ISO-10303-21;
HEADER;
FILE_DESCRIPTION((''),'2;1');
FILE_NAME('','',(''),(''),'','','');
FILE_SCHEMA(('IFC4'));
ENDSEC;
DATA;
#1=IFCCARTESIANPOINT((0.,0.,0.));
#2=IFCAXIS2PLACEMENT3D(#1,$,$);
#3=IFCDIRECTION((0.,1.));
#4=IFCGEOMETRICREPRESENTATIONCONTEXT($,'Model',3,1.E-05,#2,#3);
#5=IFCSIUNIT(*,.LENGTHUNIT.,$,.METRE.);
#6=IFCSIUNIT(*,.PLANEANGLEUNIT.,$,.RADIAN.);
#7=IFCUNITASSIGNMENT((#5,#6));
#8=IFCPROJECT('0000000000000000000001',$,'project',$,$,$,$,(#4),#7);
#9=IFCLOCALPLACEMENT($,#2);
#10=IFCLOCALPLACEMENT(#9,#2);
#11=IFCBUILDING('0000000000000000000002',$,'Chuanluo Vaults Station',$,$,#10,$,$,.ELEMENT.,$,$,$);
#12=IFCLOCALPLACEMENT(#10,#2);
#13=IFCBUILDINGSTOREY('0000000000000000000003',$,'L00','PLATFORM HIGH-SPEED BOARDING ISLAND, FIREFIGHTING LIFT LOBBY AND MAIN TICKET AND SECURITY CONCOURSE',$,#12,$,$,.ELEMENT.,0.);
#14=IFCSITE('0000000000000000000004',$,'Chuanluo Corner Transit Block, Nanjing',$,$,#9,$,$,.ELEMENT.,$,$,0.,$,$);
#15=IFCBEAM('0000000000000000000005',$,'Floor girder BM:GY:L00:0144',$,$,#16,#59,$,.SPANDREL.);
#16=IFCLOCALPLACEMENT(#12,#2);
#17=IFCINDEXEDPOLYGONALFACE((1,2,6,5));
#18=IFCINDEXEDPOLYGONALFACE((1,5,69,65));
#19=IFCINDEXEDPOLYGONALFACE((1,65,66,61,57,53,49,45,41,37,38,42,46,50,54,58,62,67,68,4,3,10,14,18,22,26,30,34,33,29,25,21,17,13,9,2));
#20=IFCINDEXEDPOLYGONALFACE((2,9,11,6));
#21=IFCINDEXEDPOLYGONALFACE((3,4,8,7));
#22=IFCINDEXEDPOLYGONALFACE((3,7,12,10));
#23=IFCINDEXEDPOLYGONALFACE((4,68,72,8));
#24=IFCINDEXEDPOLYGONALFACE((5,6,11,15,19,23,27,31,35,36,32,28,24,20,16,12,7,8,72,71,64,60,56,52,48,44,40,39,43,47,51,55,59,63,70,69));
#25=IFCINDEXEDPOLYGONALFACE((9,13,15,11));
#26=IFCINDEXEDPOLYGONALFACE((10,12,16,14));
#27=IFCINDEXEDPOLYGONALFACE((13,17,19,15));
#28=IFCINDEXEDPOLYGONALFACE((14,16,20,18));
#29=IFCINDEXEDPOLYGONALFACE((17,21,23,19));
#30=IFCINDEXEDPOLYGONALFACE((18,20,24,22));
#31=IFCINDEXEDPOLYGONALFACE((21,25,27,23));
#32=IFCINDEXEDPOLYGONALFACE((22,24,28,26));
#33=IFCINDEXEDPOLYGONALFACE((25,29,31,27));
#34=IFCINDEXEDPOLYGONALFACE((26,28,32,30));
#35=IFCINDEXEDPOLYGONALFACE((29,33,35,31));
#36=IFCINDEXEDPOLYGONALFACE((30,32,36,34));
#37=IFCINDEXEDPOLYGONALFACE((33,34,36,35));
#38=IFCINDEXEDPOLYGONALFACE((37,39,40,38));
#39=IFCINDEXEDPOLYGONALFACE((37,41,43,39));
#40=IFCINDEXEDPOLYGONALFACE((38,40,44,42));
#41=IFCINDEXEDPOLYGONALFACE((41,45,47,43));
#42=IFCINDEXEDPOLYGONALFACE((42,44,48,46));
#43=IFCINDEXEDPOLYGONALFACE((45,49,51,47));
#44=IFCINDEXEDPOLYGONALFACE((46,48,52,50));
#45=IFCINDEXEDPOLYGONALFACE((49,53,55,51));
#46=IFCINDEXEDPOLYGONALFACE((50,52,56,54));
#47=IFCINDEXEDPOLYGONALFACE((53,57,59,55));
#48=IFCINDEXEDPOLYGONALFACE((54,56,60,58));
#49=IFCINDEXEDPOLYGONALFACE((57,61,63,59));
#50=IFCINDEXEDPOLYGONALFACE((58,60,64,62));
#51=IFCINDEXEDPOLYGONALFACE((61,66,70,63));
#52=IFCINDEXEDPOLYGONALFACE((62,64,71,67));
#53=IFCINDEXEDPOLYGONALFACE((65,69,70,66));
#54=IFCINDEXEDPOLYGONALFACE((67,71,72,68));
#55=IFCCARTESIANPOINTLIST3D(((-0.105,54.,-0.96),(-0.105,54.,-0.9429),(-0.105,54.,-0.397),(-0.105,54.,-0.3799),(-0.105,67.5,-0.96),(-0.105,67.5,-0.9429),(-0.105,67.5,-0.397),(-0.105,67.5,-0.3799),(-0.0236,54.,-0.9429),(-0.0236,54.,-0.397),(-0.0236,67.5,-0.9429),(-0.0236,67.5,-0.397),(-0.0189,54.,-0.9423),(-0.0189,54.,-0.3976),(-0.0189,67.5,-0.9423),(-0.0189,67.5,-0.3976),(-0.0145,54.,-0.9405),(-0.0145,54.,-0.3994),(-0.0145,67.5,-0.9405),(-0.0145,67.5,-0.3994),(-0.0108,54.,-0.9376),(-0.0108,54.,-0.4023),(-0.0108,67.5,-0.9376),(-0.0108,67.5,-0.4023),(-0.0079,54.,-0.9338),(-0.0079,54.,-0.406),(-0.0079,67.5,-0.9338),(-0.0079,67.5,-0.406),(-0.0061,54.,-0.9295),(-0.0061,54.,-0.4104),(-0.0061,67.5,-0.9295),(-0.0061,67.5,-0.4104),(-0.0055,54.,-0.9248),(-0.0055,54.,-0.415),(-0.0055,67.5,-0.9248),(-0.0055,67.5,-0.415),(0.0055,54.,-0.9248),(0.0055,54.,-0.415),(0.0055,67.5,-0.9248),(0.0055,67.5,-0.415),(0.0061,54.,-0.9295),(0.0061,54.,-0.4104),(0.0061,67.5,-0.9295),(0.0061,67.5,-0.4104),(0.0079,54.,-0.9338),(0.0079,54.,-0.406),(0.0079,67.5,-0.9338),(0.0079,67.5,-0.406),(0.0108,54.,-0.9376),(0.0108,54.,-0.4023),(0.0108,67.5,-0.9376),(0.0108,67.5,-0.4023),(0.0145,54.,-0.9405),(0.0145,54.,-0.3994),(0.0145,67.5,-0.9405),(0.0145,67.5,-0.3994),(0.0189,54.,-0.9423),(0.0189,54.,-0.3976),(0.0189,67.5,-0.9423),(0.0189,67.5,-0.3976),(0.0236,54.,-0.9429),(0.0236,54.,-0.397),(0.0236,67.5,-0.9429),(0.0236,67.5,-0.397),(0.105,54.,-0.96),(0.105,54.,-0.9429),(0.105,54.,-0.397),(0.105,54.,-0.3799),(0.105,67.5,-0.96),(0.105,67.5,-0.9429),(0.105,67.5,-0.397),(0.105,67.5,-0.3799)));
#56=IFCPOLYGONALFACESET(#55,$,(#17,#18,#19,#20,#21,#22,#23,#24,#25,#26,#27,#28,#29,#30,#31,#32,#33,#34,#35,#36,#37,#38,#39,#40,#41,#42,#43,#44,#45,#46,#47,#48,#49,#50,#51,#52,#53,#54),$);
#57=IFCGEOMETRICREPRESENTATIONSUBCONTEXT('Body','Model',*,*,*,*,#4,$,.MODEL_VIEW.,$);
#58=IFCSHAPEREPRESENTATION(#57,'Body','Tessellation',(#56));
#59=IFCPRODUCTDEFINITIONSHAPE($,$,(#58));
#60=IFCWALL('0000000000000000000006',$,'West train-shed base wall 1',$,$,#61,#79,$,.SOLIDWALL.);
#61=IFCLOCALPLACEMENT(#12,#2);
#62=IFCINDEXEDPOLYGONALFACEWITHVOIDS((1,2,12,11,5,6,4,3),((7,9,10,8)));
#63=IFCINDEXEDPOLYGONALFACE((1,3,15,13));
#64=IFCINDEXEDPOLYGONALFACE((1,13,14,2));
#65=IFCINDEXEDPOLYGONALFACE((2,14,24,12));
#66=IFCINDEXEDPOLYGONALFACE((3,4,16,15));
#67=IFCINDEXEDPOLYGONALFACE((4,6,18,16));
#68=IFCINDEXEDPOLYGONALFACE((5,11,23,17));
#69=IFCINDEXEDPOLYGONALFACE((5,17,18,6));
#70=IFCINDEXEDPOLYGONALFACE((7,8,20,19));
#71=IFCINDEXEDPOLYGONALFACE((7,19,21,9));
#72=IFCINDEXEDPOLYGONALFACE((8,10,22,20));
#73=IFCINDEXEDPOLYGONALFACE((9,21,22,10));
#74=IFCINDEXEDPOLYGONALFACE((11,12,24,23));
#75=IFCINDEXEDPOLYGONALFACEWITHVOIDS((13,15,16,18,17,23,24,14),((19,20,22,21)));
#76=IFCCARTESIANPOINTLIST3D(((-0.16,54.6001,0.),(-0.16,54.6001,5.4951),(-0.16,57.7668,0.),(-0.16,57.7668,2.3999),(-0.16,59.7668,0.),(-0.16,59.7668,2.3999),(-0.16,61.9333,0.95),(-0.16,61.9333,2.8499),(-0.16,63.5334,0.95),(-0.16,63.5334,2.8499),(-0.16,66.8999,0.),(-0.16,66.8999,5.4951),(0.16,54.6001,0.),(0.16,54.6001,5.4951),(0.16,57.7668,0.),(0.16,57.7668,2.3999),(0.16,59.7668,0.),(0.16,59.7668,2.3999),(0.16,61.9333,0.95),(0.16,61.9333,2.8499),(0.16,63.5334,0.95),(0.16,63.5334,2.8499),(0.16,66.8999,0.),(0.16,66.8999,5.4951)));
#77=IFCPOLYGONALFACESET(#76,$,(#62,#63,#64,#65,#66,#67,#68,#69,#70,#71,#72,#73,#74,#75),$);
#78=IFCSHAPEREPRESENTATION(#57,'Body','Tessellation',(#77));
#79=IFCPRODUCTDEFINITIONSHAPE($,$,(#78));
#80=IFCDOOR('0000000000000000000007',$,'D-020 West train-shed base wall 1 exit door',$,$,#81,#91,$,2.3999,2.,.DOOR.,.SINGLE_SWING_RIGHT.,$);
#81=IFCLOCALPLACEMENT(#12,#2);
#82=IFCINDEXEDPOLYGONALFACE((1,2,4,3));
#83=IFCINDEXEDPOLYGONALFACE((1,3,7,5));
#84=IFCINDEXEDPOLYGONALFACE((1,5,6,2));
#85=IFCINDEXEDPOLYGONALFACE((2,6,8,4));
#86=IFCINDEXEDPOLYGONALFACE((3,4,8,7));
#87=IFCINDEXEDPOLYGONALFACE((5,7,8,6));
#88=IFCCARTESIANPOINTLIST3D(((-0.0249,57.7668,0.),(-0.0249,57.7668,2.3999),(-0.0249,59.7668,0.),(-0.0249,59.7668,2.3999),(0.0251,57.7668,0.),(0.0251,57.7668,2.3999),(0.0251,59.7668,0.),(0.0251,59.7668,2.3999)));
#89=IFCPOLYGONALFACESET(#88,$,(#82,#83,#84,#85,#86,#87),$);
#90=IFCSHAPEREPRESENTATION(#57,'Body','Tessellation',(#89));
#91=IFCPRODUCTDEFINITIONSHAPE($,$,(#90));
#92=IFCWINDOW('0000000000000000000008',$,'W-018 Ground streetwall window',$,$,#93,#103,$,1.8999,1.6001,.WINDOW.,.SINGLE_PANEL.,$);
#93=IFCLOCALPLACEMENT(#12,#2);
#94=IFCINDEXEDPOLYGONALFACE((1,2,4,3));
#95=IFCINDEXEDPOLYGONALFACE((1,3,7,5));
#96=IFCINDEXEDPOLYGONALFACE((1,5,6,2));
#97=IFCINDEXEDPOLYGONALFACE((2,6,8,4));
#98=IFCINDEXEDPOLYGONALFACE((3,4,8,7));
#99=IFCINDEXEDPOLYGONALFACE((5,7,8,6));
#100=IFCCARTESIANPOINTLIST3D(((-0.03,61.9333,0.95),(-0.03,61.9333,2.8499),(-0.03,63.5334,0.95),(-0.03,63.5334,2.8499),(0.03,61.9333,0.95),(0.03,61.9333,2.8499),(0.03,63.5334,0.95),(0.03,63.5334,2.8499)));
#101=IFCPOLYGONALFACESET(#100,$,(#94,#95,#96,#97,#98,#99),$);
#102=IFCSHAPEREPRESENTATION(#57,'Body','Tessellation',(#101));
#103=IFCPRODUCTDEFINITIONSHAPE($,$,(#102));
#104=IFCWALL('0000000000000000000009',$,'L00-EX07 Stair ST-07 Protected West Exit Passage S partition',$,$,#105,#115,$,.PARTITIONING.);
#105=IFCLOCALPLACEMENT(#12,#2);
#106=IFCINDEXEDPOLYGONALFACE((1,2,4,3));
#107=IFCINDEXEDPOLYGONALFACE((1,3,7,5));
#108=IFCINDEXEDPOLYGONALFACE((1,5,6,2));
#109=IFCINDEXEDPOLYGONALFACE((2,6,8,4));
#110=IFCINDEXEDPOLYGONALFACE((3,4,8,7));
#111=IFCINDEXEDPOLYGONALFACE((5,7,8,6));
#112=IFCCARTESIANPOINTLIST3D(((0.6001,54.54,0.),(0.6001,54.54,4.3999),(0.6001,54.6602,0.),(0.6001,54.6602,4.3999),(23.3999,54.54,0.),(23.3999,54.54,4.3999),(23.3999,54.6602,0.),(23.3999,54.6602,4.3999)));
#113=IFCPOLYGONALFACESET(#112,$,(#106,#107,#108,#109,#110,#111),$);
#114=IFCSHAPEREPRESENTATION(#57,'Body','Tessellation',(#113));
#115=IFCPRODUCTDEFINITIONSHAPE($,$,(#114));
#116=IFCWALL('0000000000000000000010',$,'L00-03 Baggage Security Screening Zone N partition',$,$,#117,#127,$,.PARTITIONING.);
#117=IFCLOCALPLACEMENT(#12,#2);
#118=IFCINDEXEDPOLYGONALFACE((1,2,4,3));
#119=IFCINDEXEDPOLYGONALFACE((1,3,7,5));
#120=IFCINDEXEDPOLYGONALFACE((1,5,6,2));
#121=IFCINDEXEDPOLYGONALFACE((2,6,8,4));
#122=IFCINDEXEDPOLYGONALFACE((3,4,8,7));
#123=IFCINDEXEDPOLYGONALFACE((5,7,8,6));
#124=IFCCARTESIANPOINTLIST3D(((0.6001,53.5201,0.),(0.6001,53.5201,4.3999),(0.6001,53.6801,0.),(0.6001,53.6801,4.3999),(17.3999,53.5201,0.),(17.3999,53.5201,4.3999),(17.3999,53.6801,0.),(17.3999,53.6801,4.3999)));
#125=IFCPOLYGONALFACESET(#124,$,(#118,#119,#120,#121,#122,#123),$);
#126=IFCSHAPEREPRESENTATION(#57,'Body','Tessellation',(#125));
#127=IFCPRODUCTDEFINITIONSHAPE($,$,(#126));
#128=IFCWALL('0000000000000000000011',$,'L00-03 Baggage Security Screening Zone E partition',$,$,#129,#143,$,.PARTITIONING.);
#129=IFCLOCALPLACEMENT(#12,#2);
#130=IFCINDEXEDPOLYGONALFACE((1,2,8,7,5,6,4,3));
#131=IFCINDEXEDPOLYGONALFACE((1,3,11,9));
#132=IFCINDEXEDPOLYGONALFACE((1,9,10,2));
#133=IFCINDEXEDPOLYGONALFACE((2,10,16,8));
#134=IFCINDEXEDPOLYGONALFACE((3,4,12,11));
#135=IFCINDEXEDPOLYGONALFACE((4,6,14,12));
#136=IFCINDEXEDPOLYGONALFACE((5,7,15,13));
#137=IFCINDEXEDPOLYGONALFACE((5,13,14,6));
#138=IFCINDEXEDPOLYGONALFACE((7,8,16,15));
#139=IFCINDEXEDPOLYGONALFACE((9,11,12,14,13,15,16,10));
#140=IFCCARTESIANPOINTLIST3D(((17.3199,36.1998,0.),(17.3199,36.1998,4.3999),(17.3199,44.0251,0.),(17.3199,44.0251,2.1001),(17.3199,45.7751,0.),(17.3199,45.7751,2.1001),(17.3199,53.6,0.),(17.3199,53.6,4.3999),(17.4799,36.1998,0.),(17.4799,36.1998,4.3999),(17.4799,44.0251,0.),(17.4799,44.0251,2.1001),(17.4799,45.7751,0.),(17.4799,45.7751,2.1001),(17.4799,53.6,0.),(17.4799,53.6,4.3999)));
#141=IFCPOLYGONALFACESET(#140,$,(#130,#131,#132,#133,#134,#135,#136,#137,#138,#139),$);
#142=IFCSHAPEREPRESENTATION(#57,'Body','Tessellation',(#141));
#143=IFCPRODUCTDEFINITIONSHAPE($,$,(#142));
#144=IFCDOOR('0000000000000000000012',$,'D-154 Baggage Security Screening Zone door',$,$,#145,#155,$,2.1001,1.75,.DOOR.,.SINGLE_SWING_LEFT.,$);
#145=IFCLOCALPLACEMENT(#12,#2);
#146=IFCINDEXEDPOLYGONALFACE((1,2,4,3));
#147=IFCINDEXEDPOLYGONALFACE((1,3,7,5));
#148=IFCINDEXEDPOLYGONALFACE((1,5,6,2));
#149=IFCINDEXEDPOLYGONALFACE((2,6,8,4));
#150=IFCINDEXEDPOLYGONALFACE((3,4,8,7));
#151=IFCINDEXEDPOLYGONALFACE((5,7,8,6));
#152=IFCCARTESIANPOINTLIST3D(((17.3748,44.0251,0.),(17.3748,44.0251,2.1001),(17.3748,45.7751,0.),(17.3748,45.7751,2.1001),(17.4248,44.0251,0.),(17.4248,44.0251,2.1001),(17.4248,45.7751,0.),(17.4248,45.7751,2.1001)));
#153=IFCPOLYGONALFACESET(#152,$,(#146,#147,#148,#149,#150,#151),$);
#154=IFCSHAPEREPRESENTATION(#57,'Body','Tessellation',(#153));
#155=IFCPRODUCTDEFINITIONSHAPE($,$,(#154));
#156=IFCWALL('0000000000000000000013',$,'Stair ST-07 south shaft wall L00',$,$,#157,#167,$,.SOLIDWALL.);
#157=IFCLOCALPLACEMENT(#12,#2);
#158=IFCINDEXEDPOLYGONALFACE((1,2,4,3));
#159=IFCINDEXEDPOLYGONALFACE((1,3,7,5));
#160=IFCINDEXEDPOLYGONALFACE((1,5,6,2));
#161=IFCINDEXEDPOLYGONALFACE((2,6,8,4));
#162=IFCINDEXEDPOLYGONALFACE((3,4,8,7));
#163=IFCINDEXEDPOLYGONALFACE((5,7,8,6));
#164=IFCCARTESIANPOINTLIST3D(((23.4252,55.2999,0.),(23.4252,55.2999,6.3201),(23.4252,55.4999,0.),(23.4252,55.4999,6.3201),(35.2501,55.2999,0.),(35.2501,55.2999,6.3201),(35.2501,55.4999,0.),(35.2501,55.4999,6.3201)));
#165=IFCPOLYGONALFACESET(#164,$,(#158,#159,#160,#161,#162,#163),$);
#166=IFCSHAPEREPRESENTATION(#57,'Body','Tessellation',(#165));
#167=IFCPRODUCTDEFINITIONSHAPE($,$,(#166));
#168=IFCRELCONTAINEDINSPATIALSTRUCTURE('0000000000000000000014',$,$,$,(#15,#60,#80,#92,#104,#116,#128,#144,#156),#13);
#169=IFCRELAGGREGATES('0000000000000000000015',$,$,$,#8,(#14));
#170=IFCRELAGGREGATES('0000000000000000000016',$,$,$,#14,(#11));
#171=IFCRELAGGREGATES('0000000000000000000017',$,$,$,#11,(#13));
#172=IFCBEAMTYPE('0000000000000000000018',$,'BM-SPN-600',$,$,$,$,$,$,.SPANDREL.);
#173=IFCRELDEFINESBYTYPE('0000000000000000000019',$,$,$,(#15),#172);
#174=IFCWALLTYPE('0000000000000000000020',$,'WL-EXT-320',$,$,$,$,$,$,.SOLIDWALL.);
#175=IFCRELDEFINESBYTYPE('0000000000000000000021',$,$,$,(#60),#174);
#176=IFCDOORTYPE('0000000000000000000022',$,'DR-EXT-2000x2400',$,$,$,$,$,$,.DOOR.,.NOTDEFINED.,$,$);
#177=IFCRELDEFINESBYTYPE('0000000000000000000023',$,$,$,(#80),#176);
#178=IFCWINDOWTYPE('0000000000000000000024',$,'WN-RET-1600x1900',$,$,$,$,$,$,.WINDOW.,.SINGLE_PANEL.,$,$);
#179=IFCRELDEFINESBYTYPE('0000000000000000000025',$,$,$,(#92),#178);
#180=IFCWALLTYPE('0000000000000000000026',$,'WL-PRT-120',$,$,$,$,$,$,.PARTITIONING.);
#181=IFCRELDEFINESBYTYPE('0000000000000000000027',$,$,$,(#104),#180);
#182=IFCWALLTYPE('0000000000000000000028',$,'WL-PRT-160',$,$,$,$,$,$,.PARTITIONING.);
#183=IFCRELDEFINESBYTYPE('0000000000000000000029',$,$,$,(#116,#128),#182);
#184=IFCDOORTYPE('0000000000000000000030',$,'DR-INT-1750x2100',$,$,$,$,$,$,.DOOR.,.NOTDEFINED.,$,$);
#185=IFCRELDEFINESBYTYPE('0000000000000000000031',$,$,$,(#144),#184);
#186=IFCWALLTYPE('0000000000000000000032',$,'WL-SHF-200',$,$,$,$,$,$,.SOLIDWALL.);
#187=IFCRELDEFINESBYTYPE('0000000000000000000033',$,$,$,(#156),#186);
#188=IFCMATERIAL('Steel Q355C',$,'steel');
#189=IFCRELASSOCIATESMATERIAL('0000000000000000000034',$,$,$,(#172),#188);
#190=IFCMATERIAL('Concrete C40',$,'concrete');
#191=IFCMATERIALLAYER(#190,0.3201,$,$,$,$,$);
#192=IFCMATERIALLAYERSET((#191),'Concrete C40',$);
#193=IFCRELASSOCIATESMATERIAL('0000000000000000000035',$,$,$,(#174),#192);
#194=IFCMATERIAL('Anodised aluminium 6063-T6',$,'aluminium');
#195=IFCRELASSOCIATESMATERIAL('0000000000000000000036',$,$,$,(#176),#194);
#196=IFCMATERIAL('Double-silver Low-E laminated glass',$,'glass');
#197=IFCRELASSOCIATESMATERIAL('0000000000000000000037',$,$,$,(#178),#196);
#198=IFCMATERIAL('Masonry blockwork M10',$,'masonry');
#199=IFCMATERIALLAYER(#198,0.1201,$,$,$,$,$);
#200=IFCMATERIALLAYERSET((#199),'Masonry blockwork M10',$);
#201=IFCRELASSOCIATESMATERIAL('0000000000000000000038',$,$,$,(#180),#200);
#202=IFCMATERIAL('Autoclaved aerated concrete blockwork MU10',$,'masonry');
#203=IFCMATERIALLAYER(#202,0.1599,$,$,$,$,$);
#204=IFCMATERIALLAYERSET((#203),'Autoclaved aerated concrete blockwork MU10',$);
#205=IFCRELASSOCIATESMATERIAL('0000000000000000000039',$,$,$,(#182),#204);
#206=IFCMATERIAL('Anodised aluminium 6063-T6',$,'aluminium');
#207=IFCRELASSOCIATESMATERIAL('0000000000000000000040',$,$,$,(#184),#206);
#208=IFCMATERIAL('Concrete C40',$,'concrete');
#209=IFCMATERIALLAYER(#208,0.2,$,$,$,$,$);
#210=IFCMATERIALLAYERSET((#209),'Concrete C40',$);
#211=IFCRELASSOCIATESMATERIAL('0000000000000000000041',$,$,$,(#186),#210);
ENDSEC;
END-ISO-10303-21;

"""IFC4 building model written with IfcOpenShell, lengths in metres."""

from ifc_helpers import new_model, si_unit, direction, frame, frame_2d, origin, origin_2d, place, context, subcontext, project, spatial, rectangle, i_section, extrude, material, layer, layer_set, material_profile, profile_set, type_object, element, fill, save


model = new_model("IFC4")

# Units and contexts
model_context = context("Model", 3, precision=1e-05, world=origin(), true_north=direction((0.0, 1.0)))
body_context = subcontext(model_context, "Body", "Model", "MODEL_VIEW")
ifc_project = project(units=[si_unit("LENGTHUNIT", "METRE"), si_unit("PLANEANGLEUNIT", "RADIAN")], contexts=[model_context])

# Site, building, storey
site_placement = place(None, origin())
site = spatial("IfcSite", under=ifc_project, at=site_placement, Name="Chuanluo Corner Transit Block, Nanjing", CompositionType="ELEMENT", RefElevation=0.0)
building_placement = place(site_placement, origin())
building = spatial("IfcBuilding", under=site, at=building_placement, Name="Chuanluo Vaults Station", CompositionType="ELEMENT")
storey_placement = place(building_placement, origin())
storey = spatial("IfcBuildingStorey", under=building, at=storey_placement, Name="L00", Description="PLATFORM HIGH-SPEED BOARDING ISLAND, FIREFIGHTING LIFT LOBBY AND MAIN TICKET AND SECURITY CONCOURSE", CompositionType="ELEMENT", Elevation=0.0)

# Beam
ifc_material_1 = material(Name="Steel Q355C", Category="steel")
ifc_material_profile_1 = material_profile(ifc_material_1, i_section(OverallWidth=0.21, OverallDepth=0.5801, WebThickness=0.011, FlangeThickness=0.0171, FilletRadius=0.0181, at=origin_2d()))
ifc_profile_set_1 = profile_set([ifc_material_profile_1], Name="Steel Q355C")
beam_type_1 = type_object("IfcBeamType", Name="BM-SPN-600", PredefinedType="SPANDREL", material=ifc_profile_set_1)
beam_1_placement = place(storey_placement, frame((0.0, 54.0, -0.6699), z_axis=(0.0, 1.0, 0.0), x_axis=(-1.0, 0.0, 0.0)))
element("IfcBeam", 1, at=beam_1_placement, inside=storey, type_object=beam_type_1, Name="Floor girder BM:GY:L00:0144", PredefinedType="SPANDREL", context=body_context, shape_type="SweptSolid", body=[
    extrude(i_section(OverallWidth=0.21, OverallDepth=0.5801, WebThickness=0.011, FlangeThickness=0.0171, FilletRadius=0.0181, at=origin_2d()), origin(), (0.0, 0.0, 1.0), 13.5),
])

# Wall, openings, door, window
ifc_material_2 = material(Name="Concrete C40", Category="concrete")
ifc_layer_1 = layer(ifc_material_2, 0.3201)
ifc_layer_set_1 = layer_set([ifc_layer_1], Name="Concrete C40")
wall_type_1 = type_object("IfcWallType", Name="WL-EXT-320", PredefinedType="SOLIDWALL", material=ifc_layer_set_1)
wall_1_placement = place(storey_placement, frame((0.0, 54.6001, 0.0), z_axis=(0.0, 0.0, 1.0), x_axis=(0.0, 1.0, 0.0)))
wall_1 = element("IfcWall", 2, at=wall_1_placement, inside=storey, type_object=wall_type_1, Name="West train-shed base wall 1", PredefinedType="SOLIDWALL", context=body_context, shape_type="SweptSolid", body=[
    extrude(rectangle(XDim=12.2998, YDim=0.3201, at=frame_2d((6.1499, 0.0))), origin(), (0.0, 0.0, 1.0), 5.4951),
])
opening_1_placement = place(wall_1_placement, frame((3.1667, 0.0, 0.0)))
opening_1 = element("IfcOpeningElement", 3, at=opening_1_placement, cuts=wall_1, PredefinedType="OPENING", context=body_context, shape_type="SweptSolid", body=[
    extrude(rectangle(XDim=2.0, YDim=2.3999, at=frame_2d((1.0, 1.2))), frame((0.0, 0.1702, 0.0), z_axis=(0.0, -1.0, 0.0), x_axis=(1.0, 0.0, 0.0)), (0.0, 0.0, 1.0), 0.3401),
])
opening_2_placement = place(wall_1_placement, frame((7.3333, 0.0, 0.95)))
opening_2 = element("IfcOpeningElement", 4, at=opening_2_placement, cuts=wall_1, PredefinedType="OPENING", context=body_context, shape_type="SweptSolid", body=[
    extrude(rectangle(XDim=1.6001, YDim=1.8999, at=frame_2d((0.8, 0.95))), frame((0.0, 0.1702, 0.0), z_axis=(0.0, -1.0, 0.0), x_axis=(1.0, 0.0, 0.0)), (0.0, 0.0, 1.0), 0.3401),
])
ifc_material_3 = material(Name="Anodised aluminium 6063-T6", Category="aluminium")
door_type_1 = type_object("IfcDoorType", Name="DR-EXT-2000x2400", OperationType="NOTDEFINED", PredefinedType="DOOR", material=ifc_material_3)
door_1_placement = place(opening_1_placement, origin())
door_1 = element("IfcDoor", 5, at=door_1_placement, inside=storey, type_object=door_type_1, Name="D-020 West train-shed base wall 1 exit door", OperationType="SINGLE_SWING_RIGHT", OverallHeight=2.3999, OverallWidth=2.0, PredefinedType="DOOR", context=body_context, shape_type="SweptSolid", body=[
    extrude(rectangle(XDim=2.0, YDim=2.3999, at=frame_2d((1.0, 1.2))), frame((0.0, 0.0249, 0.0), z_axis=(0.0, -1.0, 0.0), x_axis=(1.0, 0.0, 0.0)), (0.0, 0.0, 1.0), 0.05),
])
fill(opening_1, door_1)
ifc_material_4 = material(Name="Double-silver Low-E laminated glass", Category="glass")
window_type = type_object("IfcWindowType", Name="WN-RET-1600x1900", PartitioningType="SINGLE_PANEL", PredefinedType="WINDOW", material=ifc_material_4)
window_placement = place(opening_2_placement, origin())
window = element("IfcWindow", 6, at=window_placement, inside=storey, type_object=window_type, Name="W-018 Ground streetwall window", OverallHeight=1.8999, OverallWidth=1.6001, PartitioningType="SINGLE_PANEL", PredefinedType="WINDOW", context=body_context, shape_type="SweptSolid", body=[
    extrude(rectangle(XDim=1.6001, YDim=1.8999, at=frame_2d((0.8, 0.95))), frame((0.0, 0.03, 0.0), z_axis=(0.0, -1.0, 0.0), x_axis=(1.0, 0.0, 0.0)), (0.0, 0.0, 1.0), 0.0601),
])
fill(opening_2, window)

# Walls
ifc_material_5 = material(Name="Masonry blockwork M10", Category="masonry")
ifc_layer_2 = layer(ifc_material_5, 0.1201)
ifc_layer_set_2 = layer_set([ifc_layer_2], Name="Masonry blockwork M10")
wall_type_2 = type_object("IfcWallType", Name="WL-PRT-120", PredefinedType="PARTITIONING", material=ifc_layer_set_2)
wall_2_placement = place(storey_placement, frame((23.3999, 54.6001, 0.0), z_axis=(0.0, 0.0, 1.0), x_axis=(-1.0, 0.0, 0.0)))
element("IfcWall", 7, at=wall_2_placement, inside=storey, type_object=wall_type_2, Name="L00-EX07 Stair ST-07 Protected West Exit Passage S partition", PredefinedType="PARTITIONING", context=body_context, shape_type="SweptSolid", body=[
    extrude(rectangle(XDim=22.7998, YDim=0.1201, at=frame_2d((11.3999, 0.0))), origin(), (0.0, 0.0, 1.0), 4.3999),
])
ifc_material_6 = material(Name="Autoclaved aerated concrete blockwork MU10", Category="masonry")
ifc_layer_3 = layer(ifc_material_6, 0.1599)
ifc_layer_set_3 = layer_set([ifc_layer_3], Name="Autoclaved aerated concrete blockwork MU10")
wall_type_3 = type_object("IfcWallType", Name="WL-PRT-160", PredefinedType="PARTITIONING", material=ifc_layer_set_3)
wall_3_placement = place(storey_placement, frame((0.6001, 53.6001, 0.0), z_axis=(0.0, 0.0, 1.0), x_axis=(1.0, 0.0, 0.0)))
element("IfcWall", 8, at=wall_3_placement, inside=storey, type_object=wall_type_3, Name="L00-03 Baggage Security Screening Zone N partition", PredefinedType="PARTITIONING", context=body_context, shape_type="SweptSolid", body=[
    extrude(rectangle(XDim=16.7998, YDim=0.1599, at=frame_2d((8.3999, 0.0))), origin(), (0.0, 0.0, 1.0), 4.3999),
])

# Wall, opening, door
wall_4_placement = place(storey_placement, frame((17.3999, 53.6001, 0.0), z_axis=(0.0, 0.0, 1.0), x_axis=(0.0, -1.0, 0.0)))
wall_4 = element("IfcWall", 9, at=wall_4_placement, inside=storey, type_object=wall_type_3, Name="L00-03 Baggage Security Screening Zone E partition", PredefinedType="PARTITIONING", context=body_context, shape_type="SweptSolid", body=[
    extrude(rectangle(XDim=17.4001, YDim=0.1599, at=frame_2d((8.7002, 0.0))), origin(), (0.0, 0.0, 1.0), 4.3999),
])
opening_3_placement = place(wall_4_placement, frame((7.825, 0.0, 0.0)))
opening_3 = element("IfcOpeningElement", 10, at=opening_3_placement, cuts=wall_4, PredefinedType="OPENING", context=body_context, shape_type="SweptSolid", body=[
    extrude(rectangle(XDim=1.75, YDim=2.1001, at=frame_2d((0.875, 1.05))), frame((0.0, 0.0901, 0.0), z_axis=(0.0, -1.0, 0.0), x_axis=(1.0, 0.0, 0.0)), (0.0, 0.0, 1.0), 0.1799),
])
ifc_material_7 = material(Name="Anodised aluminium 6063-T6", Category="aluminium")
door_type_2 = type_object("IfcDoorType", Name="DR-INT-1750x2100", OperationType="NOTDEFINED", PredefinedType="DOOR", material=ifc_material_7)
door_2_placement = place(opening_3_placement, origin())
door_2 = element("IfcDoor", 11, at=door_2_placement, inside=storey, type_object=door_type_2, Name="D-154 Baggage Security Screening Zone door", OperationType="SINGLE_SWING_LEFT", OverallHeight=2.1001, OverallWidth=1.75, PredefinedType="DOOR", context=body_context, shape_type="SweptSolid", body=[
    extrude(rectangle(XDim=1.75, YDim=2.1001, at=frame_2d((0.875, 1.05))), frame((0.0, 0.0249, 0.0), z_axis=(0.0, -1.0, 0.0), x_axis=(1.0, 0.0, 0.0)), (0.0, 0.0, 1.0), 0.05),
])
fill(opening_3, door_2)

# Wall
ifc_material_8 = material(Name="Concrete C40", Category="concrete")
ifc_layer_4 = layer(ifc_material_8, 0.2)
ifc_layer_set_4 = layer_set([ifc_layer_4], Name="Concrete C40")
wall_type_4 = type_object("IfcWallType", Name="WL-SHF-200", PredefinedType="SOLIDWALL", material=ifc_layer_set_4)
for number, where, z_axis, x_axis, name in (
    (12, (23.425, 55.3999, 0.0), (0.0, 0.0, 1.0), (1.0, 0.0, 0.0), "Stair ST-07 south shaft wall L00"),
):
    element("IfcWall", number, at=place(storey_placement, frame(where, z_axis=z_axis, x_axis=x_axis)), inside=storey, type_object=wall_type_4, Name=name, PredefinedType="SOLIDWALL", context=body_context, shape_type="SweptSolid", body=[
        extrude(rectangle(XDim=11.825, YDim=0.2, at=frame_2d((5.9126, 0.0))), origin(), (0.0, 0.0, 1.0), 6.3201),
    ])

save(model, "model.ifc")
